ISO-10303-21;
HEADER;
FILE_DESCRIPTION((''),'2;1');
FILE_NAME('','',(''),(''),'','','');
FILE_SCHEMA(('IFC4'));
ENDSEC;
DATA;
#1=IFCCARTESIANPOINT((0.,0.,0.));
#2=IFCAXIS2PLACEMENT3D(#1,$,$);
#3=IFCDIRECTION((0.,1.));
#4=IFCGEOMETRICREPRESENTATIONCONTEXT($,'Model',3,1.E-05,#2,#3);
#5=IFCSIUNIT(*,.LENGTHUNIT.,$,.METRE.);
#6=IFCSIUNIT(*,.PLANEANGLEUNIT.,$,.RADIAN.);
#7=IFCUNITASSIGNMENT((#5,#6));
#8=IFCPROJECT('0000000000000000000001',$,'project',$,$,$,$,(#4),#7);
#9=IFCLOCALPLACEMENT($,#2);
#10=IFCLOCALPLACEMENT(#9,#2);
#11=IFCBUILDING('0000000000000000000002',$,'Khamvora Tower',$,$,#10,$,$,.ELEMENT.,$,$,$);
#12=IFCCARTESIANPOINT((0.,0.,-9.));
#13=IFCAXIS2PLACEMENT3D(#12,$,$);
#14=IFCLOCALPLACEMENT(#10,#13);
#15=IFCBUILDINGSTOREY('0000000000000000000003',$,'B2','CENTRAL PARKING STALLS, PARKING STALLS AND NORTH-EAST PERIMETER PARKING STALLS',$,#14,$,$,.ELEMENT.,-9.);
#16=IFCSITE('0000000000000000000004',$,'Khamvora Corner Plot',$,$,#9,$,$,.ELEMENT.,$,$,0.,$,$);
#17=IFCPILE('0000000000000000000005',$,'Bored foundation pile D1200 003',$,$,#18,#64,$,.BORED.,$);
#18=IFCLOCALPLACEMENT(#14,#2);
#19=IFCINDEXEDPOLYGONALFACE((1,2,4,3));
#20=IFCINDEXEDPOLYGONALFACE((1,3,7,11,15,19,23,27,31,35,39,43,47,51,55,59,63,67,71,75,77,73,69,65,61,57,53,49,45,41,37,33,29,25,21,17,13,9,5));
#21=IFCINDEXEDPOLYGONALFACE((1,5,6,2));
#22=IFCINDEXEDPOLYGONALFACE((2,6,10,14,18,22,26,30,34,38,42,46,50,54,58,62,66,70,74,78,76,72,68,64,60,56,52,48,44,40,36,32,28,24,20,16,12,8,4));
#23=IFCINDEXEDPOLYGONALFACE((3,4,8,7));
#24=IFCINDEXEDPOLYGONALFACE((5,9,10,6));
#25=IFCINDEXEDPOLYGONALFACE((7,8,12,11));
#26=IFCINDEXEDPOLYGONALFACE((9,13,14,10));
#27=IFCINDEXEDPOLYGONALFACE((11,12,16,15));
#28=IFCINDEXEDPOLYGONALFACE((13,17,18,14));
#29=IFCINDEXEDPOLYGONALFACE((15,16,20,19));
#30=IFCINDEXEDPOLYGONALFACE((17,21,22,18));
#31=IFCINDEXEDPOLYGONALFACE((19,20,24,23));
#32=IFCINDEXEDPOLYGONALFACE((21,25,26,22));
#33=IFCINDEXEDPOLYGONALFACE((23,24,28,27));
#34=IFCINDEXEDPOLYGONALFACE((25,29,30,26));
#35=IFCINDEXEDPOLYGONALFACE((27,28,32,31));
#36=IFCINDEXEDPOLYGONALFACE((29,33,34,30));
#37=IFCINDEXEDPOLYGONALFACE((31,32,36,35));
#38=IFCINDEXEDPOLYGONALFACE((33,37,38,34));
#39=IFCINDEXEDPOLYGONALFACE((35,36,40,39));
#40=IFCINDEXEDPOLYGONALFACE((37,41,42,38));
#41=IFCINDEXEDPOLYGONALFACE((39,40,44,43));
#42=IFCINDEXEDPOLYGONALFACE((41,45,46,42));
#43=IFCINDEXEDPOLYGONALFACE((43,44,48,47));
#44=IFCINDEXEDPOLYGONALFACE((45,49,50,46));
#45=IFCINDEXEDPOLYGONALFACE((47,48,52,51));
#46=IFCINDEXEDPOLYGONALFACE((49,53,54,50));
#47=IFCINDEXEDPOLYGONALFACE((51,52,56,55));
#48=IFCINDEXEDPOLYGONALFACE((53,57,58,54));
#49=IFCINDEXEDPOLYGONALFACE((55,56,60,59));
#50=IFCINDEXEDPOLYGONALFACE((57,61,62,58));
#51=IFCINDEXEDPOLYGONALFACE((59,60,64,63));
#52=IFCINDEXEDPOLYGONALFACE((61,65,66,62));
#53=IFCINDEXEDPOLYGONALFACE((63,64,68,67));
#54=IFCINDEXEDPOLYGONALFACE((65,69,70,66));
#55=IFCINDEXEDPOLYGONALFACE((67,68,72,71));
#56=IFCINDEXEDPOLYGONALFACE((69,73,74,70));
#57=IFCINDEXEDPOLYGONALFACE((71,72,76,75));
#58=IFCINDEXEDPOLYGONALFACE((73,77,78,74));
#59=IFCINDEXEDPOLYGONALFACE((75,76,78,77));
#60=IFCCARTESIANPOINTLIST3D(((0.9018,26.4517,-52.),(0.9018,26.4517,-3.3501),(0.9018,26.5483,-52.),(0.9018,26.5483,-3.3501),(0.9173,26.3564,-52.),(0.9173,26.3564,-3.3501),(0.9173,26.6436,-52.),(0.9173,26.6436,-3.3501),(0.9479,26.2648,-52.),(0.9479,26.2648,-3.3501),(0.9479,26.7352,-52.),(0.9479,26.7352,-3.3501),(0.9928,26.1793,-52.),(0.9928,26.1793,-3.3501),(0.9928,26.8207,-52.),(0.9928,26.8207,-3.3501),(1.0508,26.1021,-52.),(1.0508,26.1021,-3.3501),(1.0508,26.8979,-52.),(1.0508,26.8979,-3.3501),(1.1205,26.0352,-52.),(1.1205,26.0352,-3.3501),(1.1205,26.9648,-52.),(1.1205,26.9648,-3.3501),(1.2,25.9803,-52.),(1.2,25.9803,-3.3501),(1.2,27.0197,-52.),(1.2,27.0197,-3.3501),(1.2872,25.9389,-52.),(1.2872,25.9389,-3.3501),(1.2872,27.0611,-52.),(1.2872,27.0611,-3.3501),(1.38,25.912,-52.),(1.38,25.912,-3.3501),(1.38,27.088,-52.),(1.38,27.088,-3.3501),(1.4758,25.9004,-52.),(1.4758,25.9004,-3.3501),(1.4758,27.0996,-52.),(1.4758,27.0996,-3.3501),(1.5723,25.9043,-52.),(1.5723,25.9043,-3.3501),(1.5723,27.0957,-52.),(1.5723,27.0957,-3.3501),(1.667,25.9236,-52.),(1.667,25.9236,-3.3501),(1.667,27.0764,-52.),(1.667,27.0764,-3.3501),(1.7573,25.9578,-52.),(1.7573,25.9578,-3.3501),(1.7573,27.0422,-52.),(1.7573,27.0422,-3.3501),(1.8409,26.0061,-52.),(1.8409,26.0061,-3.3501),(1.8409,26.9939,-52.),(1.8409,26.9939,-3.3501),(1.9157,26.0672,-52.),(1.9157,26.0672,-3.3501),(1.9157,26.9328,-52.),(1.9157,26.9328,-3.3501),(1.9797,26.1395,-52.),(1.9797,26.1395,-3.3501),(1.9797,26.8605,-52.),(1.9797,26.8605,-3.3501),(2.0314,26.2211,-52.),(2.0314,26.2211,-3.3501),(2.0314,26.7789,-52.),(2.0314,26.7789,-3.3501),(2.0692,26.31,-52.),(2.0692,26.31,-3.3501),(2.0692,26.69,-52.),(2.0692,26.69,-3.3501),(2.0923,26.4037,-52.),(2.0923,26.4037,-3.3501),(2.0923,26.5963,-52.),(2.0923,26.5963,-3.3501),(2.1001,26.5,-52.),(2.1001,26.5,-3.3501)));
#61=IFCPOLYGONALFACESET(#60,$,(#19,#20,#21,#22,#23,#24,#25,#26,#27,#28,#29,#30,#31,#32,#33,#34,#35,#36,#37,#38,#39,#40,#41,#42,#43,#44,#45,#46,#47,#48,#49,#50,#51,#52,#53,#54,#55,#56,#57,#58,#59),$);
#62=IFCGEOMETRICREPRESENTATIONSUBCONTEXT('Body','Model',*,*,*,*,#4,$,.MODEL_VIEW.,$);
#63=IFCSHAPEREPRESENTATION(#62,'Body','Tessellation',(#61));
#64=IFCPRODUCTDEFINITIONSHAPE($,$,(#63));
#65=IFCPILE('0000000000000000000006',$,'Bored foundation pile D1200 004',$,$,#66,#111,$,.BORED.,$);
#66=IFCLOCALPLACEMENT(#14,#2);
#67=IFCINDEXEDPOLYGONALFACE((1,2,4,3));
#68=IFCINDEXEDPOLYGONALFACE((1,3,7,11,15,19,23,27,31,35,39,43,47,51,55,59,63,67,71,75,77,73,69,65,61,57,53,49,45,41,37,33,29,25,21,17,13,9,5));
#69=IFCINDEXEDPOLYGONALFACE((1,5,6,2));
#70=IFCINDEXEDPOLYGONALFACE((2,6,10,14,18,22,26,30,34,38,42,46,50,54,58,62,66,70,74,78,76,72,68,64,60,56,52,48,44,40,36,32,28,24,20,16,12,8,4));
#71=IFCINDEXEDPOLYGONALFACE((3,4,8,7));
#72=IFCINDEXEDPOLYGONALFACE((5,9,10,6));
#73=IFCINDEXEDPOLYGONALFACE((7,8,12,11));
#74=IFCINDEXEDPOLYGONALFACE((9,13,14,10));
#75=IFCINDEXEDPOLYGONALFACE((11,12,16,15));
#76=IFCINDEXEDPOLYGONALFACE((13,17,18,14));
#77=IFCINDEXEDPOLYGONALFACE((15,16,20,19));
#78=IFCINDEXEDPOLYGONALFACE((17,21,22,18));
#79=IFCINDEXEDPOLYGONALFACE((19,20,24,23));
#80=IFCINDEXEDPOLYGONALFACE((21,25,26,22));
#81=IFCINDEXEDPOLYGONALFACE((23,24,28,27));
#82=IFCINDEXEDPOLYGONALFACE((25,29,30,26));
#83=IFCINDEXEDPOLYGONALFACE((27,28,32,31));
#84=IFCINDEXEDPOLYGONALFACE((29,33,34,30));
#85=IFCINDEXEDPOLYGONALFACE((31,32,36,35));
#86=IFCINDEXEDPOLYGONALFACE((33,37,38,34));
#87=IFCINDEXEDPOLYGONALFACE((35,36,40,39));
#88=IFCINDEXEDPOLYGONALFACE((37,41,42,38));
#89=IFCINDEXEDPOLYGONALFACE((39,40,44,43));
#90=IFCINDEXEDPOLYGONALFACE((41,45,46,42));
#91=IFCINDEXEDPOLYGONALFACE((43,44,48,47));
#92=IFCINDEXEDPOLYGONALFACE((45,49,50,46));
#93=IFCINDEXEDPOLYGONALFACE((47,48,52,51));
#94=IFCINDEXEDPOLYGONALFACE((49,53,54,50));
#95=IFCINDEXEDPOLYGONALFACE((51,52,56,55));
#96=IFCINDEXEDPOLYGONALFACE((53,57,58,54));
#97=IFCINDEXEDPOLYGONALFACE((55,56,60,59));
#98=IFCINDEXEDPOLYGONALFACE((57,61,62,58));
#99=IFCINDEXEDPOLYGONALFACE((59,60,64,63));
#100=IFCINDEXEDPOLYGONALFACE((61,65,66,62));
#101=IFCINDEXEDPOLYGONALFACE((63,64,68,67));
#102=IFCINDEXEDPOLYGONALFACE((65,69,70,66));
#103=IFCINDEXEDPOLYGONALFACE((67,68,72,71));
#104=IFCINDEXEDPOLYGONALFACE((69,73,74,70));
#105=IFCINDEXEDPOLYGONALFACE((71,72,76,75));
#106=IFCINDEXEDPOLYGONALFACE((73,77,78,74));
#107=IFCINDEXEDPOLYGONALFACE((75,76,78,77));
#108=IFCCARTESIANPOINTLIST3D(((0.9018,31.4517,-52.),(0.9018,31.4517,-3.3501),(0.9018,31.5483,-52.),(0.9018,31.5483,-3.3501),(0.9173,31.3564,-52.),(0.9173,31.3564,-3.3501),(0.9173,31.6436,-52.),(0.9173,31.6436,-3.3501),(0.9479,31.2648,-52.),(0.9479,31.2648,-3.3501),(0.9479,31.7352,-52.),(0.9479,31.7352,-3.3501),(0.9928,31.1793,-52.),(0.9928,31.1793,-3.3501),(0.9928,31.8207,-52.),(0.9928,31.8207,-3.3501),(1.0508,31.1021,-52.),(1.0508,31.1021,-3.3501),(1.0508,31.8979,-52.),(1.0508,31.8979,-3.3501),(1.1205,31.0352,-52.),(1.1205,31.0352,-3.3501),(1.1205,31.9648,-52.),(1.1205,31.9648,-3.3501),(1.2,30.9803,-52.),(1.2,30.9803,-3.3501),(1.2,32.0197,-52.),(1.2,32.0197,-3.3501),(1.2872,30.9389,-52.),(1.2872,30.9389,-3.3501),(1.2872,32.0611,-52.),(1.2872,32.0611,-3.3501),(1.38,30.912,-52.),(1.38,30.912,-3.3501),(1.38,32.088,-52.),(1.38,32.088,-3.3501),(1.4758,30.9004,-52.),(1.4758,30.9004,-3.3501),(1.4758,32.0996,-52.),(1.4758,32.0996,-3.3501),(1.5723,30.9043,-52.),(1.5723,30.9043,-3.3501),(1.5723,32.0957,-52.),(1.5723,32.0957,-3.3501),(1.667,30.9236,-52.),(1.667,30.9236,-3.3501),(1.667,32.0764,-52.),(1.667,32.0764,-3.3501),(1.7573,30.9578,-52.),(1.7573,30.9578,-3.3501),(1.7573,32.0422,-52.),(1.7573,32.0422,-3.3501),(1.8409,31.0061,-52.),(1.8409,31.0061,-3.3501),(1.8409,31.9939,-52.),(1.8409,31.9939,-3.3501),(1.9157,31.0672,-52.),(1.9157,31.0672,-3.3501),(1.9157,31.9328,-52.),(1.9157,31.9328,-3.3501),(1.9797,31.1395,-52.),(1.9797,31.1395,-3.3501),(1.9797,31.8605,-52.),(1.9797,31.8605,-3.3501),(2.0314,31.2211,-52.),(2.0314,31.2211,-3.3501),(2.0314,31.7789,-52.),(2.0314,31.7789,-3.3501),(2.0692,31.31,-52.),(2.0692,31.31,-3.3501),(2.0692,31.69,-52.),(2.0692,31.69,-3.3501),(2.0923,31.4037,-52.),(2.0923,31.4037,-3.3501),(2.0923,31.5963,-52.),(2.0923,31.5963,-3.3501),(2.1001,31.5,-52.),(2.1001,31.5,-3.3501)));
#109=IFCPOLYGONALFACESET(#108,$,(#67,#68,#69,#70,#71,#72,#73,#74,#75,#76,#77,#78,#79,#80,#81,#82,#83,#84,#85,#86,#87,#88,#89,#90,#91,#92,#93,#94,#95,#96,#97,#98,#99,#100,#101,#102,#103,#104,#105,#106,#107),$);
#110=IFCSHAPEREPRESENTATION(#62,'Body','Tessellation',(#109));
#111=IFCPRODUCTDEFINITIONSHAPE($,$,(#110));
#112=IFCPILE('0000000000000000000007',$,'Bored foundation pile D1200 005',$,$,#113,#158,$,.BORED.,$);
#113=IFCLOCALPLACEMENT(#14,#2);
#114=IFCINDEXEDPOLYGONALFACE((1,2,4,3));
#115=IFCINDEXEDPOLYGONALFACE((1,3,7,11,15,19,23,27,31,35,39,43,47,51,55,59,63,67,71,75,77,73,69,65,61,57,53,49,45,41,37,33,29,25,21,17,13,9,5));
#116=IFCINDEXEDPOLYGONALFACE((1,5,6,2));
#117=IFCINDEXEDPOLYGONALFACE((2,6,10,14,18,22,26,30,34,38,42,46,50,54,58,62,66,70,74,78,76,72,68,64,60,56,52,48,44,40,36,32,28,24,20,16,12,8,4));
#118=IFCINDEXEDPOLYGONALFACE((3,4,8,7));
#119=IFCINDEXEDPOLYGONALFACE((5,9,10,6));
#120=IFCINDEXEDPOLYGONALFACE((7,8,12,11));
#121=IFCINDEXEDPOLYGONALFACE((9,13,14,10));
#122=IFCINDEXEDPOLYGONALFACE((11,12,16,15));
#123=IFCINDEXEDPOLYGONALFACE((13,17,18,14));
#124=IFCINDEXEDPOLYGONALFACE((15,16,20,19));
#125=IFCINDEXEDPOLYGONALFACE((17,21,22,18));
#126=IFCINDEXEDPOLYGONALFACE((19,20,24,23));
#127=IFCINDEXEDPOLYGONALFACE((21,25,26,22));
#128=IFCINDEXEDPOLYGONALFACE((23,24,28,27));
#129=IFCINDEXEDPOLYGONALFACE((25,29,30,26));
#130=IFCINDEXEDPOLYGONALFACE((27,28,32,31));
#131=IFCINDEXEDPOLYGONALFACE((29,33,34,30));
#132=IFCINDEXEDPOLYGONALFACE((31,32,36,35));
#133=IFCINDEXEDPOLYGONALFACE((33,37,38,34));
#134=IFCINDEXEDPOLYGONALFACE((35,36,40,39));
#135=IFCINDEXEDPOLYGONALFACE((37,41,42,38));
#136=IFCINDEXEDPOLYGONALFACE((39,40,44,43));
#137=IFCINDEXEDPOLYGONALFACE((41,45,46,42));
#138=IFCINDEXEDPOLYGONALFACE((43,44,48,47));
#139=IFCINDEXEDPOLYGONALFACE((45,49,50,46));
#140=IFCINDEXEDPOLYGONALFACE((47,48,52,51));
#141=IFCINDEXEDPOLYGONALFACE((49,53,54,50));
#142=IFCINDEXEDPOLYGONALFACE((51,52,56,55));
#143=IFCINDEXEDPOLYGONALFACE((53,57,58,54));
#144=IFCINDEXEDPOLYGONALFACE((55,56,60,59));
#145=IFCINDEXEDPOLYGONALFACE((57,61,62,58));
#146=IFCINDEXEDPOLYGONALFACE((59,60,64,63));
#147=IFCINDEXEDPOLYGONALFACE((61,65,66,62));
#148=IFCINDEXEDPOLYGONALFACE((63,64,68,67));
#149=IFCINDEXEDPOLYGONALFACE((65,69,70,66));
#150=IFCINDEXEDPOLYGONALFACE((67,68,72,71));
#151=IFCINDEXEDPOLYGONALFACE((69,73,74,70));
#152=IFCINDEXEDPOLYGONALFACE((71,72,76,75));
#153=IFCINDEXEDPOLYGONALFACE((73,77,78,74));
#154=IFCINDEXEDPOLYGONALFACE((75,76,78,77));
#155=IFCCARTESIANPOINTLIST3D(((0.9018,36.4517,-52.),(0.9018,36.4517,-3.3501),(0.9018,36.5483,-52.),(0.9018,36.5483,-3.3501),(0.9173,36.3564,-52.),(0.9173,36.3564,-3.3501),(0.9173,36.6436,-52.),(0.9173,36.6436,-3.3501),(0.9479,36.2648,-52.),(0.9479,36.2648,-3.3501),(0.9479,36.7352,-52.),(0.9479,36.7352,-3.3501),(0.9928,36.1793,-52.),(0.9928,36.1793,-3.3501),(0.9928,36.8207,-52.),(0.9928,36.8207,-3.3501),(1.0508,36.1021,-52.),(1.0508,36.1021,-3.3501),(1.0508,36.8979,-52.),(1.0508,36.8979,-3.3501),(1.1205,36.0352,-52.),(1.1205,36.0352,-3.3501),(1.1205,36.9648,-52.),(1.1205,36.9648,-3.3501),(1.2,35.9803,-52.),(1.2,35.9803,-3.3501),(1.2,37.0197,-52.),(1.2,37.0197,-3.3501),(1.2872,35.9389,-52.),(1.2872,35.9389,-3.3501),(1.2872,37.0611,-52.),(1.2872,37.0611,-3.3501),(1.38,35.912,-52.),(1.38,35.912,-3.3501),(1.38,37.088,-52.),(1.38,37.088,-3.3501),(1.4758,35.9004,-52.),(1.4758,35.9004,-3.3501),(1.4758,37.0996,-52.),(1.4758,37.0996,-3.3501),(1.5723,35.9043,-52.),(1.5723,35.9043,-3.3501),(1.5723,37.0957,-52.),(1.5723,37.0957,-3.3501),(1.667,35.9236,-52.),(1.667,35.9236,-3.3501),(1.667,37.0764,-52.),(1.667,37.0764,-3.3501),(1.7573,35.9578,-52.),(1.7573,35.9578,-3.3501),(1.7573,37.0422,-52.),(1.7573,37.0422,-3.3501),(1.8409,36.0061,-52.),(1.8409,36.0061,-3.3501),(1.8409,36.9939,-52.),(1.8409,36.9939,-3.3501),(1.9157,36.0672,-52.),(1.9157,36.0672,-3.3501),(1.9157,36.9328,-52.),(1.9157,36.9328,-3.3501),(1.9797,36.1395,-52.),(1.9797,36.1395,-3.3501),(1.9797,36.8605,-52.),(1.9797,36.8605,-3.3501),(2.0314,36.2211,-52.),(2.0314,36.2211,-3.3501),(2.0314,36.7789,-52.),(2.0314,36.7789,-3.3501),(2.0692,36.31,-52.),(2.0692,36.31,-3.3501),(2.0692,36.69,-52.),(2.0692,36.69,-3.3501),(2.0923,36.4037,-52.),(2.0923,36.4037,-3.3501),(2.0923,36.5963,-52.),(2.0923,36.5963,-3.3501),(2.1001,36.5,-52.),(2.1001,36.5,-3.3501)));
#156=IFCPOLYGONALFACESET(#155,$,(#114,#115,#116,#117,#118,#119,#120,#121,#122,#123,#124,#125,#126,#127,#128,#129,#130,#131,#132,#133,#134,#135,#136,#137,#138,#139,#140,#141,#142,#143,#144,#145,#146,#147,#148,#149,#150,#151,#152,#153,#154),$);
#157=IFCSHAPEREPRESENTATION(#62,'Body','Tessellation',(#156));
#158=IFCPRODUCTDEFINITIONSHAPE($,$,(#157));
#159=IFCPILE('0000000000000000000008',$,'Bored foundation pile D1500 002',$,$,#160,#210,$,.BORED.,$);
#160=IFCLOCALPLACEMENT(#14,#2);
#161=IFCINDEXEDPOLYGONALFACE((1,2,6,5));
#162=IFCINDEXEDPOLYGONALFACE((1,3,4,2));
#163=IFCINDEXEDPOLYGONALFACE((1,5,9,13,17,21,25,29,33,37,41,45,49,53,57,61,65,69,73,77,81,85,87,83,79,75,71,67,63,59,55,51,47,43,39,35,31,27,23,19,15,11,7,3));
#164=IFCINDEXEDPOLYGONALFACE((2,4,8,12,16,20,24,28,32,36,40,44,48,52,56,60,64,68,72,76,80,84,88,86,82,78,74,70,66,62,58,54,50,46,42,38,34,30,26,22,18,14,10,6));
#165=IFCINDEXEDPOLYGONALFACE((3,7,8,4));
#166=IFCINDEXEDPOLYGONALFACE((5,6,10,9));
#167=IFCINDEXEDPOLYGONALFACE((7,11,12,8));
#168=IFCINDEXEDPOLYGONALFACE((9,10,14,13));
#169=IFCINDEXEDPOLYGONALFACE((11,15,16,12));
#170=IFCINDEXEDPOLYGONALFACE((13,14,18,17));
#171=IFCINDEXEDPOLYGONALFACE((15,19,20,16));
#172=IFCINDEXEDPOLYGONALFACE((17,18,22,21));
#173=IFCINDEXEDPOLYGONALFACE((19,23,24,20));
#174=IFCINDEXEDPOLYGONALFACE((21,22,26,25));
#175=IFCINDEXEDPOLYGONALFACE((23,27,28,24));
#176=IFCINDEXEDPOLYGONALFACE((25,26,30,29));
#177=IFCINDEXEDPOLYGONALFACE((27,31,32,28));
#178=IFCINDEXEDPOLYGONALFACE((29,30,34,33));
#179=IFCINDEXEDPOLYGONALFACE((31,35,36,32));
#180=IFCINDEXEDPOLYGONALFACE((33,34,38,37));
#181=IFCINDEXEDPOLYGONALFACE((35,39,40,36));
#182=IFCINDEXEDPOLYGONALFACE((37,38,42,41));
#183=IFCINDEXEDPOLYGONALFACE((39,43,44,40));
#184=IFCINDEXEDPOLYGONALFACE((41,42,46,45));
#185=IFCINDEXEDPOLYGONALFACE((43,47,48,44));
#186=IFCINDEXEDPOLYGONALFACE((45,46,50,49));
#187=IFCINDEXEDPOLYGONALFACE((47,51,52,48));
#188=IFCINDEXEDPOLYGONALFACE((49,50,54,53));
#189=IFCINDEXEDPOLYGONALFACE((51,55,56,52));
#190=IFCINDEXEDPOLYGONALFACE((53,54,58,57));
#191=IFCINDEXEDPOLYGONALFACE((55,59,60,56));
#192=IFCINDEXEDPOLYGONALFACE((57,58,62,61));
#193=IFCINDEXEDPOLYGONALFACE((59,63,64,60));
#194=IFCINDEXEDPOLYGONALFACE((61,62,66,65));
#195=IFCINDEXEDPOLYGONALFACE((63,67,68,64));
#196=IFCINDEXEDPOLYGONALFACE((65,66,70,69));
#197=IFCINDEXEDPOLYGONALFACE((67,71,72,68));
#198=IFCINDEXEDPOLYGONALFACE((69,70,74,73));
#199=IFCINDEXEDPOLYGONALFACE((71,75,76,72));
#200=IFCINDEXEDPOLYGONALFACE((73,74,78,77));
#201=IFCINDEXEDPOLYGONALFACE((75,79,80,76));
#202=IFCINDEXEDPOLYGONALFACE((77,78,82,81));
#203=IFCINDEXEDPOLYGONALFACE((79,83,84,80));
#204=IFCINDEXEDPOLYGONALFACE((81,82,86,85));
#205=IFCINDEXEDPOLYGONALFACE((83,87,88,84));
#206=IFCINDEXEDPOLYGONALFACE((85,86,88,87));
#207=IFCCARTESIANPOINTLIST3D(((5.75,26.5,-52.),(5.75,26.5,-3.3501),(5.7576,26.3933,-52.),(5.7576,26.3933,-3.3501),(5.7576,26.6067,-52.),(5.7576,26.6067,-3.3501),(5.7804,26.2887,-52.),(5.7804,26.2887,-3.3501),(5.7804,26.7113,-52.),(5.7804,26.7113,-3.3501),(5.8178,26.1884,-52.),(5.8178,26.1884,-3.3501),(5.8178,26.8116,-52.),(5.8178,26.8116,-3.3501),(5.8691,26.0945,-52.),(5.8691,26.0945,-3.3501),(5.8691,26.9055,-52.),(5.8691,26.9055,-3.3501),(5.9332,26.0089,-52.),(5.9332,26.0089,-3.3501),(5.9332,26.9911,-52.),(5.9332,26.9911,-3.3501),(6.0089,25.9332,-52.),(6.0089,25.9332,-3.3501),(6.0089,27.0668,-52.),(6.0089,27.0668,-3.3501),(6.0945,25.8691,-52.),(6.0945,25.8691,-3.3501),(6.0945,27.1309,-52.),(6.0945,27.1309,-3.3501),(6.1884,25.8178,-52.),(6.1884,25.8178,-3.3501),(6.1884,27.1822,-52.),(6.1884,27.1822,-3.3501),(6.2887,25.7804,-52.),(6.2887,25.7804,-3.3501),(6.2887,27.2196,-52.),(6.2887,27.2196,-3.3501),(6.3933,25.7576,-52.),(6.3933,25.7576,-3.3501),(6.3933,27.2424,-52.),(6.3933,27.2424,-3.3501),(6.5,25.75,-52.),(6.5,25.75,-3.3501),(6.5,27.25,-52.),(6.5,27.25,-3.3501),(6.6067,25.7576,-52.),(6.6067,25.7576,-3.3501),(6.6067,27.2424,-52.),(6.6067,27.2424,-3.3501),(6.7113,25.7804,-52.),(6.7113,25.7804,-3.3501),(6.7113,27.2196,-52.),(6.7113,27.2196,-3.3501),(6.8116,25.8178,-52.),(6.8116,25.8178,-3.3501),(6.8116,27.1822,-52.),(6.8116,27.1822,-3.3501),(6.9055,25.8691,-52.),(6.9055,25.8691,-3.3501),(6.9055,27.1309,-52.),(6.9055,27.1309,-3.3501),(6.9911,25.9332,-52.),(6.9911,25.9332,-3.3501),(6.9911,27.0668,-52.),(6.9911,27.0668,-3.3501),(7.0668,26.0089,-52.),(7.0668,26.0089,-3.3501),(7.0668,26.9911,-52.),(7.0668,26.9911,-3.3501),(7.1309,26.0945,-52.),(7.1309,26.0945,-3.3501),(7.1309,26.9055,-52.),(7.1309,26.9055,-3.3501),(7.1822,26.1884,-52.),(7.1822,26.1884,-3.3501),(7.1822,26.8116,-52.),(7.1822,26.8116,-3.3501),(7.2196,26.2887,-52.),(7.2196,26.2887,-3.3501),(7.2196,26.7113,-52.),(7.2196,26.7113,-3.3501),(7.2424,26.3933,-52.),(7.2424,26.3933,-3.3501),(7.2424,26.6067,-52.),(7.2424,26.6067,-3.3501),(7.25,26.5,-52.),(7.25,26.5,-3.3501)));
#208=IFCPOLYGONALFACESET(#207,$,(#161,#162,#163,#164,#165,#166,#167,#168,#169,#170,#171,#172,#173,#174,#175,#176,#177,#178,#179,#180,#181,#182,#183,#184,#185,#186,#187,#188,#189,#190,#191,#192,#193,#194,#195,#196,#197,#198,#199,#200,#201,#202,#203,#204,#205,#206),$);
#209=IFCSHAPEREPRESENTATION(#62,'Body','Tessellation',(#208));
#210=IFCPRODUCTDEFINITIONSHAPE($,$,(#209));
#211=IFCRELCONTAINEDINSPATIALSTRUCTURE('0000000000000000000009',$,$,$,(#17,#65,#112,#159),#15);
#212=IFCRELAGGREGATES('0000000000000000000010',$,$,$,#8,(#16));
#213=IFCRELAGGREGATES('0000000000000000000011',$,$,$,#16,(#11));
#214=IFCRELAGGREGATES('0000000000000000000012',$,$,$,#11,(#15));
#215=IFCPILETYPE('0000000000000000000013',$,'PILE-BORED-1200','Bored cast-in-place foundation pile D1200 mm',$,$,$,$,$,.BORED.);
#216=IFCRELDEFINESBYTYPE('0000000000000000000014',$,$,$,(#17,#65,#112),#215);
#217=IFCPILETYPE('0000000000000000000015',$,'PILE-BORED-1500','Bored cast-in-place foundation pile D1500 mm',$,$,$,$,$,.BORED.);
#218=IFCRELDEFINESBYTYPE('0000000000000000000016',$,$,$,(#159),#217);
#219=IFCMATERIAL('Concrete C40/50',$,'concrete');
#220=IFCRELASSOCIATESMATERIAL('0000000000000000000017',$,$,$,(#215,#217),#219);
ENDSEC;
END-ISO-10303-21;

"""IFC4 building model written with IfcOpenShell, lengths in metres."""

from ifc_helpers import new_model, si_unit, direction, frame, origin, origin_2d, place, context, subcontext, project, spatial, circle, extrude, material, material_profile, profile_set, type_object, element, save


model = new_model("IFC4")

# Units and contexts
model_context = context("Model", 3, precision=1e-05, world=origin(), true_north=direction((0.0, 1.0)))
body_context = subcontext(model_context, "Body", "Model", "MODEL_VIEW")
ifc_project = project(units=[si_unit("LENGTHUNIT", "METRE"), si_unit("PLANEANGLEUNIT", "RADIAN")], contexts=[model_context])

# Site, building, storey
site_placement = place(None, origin())
site = spatial("IfcSite", under=ifc_project, at=site_placement, Name="Khamvora Corner Plot", CompositionType="ELEMENT", RefElevation=0.0)
building_placement = place(site_placement, origin())
building = spatial("IfcBuilding", under=site, at=building_placement, Name="Khamvora Tower", CompositionType="ELEMENT")
storey_placement = place(building_placement, frame((0.0, 0.0, -9.0)))
storey = spatial("IfcBuildingStorey", under=building, at=storey_placement, Name="B2", Description="CENTRAL PARKING STALLS, PARKING STALLS AND NORTH-EAST PERIMETER PARKING STALLS", CompositionType="ELEMENT", Elevation=-9.0)

# Piles
ifc_material_1 = material(Name="Concrete C40/50", Category="concrete")
ifc_material_profile_1 = material_profile(ifc_material_1, circle(Radius=0.6001, at=origin_2d()), Name="PILE_D1200")
ifc_profile_set_1 = profile_set([ifc_material_profile_1], Name="Concrete C40/50")
pile_type_1 = type_object("IfcPileType", Name="PILE-BORED-1200", Description="Bored cast-in-place foundation pile D1200 mm", PredefinedType="BORED", material=ifc_profile_set_1)
for number, where, z_axis, x_axis, name in (
    (1, (1.5, 26.5, -3.3501), (0.0, 0.0, -1.0), (1.0, 0.0, 0.0), "Bored foundation pile D1200 003"),
    (2, (1.5, 31.5, -3.3501), (0.0, 0.0, -1.0), (1.0, 0.0, 0.0), "Bored foundation pile D1200 004"),
    (3, (1.5, 36.5, -3.3501), (0.0, 0.0, -1.0), (1.0, 0.0, 0.0), "Bored foundation pile D1200 005"),
):
    element("IfcPile", number, at=place(storey_placement, frame(where, z_axis=z_axis, x_axis=x_axis)), inside=storey, type_object=pile_type_1, Name=name, PredefinedType="BORED", context=body_context, shape_type="SweptSolid", body=[
        extrude(circle(Radius=0.6001, at=origin_2d()), origin(), (0.0, 0.0, 1.0), 48.6499),
    ])
ifc_material_profile_2 = material_profile(ifc_material_1, circle(Radius=0.75, at=origin_2d()), Name="PILE_D1500")
ifc_profile_set_2 = profile_set([ifc_material_profile_2], Name="Concrete C40/50")
pile_type_2 = type_object("IfcPileType", Name="PILE-BORED-1500", Description="Bored cast-in-place foundation pile D1500 mm", PredefinedType="BORED", material=ifc_profile_set_2)
for number, where, z_axis, x_axis, name in (
    (4, (6.5, 26.5, -3.3501), (0.0, 0.0, -1.0), (1.0, 0.0, 0.0), "Bored foundation pile D1500 002"),
):
    element("IfcPile", number, at=place(storey_placement, frame(where, z_axis=z_axis, x_axis=x_axis)), inside=storey, type_object=pile_type_2, Name=name, PredefinedType="BORED", context=body_context, shape_type="SweptSolid", body=[
        extrude(circle(Radius=0.75, at=origin_2d()), origin(), (0.0, 0.0, 1.0), 48.6499),
    ])

save(model, "model.ifc")
